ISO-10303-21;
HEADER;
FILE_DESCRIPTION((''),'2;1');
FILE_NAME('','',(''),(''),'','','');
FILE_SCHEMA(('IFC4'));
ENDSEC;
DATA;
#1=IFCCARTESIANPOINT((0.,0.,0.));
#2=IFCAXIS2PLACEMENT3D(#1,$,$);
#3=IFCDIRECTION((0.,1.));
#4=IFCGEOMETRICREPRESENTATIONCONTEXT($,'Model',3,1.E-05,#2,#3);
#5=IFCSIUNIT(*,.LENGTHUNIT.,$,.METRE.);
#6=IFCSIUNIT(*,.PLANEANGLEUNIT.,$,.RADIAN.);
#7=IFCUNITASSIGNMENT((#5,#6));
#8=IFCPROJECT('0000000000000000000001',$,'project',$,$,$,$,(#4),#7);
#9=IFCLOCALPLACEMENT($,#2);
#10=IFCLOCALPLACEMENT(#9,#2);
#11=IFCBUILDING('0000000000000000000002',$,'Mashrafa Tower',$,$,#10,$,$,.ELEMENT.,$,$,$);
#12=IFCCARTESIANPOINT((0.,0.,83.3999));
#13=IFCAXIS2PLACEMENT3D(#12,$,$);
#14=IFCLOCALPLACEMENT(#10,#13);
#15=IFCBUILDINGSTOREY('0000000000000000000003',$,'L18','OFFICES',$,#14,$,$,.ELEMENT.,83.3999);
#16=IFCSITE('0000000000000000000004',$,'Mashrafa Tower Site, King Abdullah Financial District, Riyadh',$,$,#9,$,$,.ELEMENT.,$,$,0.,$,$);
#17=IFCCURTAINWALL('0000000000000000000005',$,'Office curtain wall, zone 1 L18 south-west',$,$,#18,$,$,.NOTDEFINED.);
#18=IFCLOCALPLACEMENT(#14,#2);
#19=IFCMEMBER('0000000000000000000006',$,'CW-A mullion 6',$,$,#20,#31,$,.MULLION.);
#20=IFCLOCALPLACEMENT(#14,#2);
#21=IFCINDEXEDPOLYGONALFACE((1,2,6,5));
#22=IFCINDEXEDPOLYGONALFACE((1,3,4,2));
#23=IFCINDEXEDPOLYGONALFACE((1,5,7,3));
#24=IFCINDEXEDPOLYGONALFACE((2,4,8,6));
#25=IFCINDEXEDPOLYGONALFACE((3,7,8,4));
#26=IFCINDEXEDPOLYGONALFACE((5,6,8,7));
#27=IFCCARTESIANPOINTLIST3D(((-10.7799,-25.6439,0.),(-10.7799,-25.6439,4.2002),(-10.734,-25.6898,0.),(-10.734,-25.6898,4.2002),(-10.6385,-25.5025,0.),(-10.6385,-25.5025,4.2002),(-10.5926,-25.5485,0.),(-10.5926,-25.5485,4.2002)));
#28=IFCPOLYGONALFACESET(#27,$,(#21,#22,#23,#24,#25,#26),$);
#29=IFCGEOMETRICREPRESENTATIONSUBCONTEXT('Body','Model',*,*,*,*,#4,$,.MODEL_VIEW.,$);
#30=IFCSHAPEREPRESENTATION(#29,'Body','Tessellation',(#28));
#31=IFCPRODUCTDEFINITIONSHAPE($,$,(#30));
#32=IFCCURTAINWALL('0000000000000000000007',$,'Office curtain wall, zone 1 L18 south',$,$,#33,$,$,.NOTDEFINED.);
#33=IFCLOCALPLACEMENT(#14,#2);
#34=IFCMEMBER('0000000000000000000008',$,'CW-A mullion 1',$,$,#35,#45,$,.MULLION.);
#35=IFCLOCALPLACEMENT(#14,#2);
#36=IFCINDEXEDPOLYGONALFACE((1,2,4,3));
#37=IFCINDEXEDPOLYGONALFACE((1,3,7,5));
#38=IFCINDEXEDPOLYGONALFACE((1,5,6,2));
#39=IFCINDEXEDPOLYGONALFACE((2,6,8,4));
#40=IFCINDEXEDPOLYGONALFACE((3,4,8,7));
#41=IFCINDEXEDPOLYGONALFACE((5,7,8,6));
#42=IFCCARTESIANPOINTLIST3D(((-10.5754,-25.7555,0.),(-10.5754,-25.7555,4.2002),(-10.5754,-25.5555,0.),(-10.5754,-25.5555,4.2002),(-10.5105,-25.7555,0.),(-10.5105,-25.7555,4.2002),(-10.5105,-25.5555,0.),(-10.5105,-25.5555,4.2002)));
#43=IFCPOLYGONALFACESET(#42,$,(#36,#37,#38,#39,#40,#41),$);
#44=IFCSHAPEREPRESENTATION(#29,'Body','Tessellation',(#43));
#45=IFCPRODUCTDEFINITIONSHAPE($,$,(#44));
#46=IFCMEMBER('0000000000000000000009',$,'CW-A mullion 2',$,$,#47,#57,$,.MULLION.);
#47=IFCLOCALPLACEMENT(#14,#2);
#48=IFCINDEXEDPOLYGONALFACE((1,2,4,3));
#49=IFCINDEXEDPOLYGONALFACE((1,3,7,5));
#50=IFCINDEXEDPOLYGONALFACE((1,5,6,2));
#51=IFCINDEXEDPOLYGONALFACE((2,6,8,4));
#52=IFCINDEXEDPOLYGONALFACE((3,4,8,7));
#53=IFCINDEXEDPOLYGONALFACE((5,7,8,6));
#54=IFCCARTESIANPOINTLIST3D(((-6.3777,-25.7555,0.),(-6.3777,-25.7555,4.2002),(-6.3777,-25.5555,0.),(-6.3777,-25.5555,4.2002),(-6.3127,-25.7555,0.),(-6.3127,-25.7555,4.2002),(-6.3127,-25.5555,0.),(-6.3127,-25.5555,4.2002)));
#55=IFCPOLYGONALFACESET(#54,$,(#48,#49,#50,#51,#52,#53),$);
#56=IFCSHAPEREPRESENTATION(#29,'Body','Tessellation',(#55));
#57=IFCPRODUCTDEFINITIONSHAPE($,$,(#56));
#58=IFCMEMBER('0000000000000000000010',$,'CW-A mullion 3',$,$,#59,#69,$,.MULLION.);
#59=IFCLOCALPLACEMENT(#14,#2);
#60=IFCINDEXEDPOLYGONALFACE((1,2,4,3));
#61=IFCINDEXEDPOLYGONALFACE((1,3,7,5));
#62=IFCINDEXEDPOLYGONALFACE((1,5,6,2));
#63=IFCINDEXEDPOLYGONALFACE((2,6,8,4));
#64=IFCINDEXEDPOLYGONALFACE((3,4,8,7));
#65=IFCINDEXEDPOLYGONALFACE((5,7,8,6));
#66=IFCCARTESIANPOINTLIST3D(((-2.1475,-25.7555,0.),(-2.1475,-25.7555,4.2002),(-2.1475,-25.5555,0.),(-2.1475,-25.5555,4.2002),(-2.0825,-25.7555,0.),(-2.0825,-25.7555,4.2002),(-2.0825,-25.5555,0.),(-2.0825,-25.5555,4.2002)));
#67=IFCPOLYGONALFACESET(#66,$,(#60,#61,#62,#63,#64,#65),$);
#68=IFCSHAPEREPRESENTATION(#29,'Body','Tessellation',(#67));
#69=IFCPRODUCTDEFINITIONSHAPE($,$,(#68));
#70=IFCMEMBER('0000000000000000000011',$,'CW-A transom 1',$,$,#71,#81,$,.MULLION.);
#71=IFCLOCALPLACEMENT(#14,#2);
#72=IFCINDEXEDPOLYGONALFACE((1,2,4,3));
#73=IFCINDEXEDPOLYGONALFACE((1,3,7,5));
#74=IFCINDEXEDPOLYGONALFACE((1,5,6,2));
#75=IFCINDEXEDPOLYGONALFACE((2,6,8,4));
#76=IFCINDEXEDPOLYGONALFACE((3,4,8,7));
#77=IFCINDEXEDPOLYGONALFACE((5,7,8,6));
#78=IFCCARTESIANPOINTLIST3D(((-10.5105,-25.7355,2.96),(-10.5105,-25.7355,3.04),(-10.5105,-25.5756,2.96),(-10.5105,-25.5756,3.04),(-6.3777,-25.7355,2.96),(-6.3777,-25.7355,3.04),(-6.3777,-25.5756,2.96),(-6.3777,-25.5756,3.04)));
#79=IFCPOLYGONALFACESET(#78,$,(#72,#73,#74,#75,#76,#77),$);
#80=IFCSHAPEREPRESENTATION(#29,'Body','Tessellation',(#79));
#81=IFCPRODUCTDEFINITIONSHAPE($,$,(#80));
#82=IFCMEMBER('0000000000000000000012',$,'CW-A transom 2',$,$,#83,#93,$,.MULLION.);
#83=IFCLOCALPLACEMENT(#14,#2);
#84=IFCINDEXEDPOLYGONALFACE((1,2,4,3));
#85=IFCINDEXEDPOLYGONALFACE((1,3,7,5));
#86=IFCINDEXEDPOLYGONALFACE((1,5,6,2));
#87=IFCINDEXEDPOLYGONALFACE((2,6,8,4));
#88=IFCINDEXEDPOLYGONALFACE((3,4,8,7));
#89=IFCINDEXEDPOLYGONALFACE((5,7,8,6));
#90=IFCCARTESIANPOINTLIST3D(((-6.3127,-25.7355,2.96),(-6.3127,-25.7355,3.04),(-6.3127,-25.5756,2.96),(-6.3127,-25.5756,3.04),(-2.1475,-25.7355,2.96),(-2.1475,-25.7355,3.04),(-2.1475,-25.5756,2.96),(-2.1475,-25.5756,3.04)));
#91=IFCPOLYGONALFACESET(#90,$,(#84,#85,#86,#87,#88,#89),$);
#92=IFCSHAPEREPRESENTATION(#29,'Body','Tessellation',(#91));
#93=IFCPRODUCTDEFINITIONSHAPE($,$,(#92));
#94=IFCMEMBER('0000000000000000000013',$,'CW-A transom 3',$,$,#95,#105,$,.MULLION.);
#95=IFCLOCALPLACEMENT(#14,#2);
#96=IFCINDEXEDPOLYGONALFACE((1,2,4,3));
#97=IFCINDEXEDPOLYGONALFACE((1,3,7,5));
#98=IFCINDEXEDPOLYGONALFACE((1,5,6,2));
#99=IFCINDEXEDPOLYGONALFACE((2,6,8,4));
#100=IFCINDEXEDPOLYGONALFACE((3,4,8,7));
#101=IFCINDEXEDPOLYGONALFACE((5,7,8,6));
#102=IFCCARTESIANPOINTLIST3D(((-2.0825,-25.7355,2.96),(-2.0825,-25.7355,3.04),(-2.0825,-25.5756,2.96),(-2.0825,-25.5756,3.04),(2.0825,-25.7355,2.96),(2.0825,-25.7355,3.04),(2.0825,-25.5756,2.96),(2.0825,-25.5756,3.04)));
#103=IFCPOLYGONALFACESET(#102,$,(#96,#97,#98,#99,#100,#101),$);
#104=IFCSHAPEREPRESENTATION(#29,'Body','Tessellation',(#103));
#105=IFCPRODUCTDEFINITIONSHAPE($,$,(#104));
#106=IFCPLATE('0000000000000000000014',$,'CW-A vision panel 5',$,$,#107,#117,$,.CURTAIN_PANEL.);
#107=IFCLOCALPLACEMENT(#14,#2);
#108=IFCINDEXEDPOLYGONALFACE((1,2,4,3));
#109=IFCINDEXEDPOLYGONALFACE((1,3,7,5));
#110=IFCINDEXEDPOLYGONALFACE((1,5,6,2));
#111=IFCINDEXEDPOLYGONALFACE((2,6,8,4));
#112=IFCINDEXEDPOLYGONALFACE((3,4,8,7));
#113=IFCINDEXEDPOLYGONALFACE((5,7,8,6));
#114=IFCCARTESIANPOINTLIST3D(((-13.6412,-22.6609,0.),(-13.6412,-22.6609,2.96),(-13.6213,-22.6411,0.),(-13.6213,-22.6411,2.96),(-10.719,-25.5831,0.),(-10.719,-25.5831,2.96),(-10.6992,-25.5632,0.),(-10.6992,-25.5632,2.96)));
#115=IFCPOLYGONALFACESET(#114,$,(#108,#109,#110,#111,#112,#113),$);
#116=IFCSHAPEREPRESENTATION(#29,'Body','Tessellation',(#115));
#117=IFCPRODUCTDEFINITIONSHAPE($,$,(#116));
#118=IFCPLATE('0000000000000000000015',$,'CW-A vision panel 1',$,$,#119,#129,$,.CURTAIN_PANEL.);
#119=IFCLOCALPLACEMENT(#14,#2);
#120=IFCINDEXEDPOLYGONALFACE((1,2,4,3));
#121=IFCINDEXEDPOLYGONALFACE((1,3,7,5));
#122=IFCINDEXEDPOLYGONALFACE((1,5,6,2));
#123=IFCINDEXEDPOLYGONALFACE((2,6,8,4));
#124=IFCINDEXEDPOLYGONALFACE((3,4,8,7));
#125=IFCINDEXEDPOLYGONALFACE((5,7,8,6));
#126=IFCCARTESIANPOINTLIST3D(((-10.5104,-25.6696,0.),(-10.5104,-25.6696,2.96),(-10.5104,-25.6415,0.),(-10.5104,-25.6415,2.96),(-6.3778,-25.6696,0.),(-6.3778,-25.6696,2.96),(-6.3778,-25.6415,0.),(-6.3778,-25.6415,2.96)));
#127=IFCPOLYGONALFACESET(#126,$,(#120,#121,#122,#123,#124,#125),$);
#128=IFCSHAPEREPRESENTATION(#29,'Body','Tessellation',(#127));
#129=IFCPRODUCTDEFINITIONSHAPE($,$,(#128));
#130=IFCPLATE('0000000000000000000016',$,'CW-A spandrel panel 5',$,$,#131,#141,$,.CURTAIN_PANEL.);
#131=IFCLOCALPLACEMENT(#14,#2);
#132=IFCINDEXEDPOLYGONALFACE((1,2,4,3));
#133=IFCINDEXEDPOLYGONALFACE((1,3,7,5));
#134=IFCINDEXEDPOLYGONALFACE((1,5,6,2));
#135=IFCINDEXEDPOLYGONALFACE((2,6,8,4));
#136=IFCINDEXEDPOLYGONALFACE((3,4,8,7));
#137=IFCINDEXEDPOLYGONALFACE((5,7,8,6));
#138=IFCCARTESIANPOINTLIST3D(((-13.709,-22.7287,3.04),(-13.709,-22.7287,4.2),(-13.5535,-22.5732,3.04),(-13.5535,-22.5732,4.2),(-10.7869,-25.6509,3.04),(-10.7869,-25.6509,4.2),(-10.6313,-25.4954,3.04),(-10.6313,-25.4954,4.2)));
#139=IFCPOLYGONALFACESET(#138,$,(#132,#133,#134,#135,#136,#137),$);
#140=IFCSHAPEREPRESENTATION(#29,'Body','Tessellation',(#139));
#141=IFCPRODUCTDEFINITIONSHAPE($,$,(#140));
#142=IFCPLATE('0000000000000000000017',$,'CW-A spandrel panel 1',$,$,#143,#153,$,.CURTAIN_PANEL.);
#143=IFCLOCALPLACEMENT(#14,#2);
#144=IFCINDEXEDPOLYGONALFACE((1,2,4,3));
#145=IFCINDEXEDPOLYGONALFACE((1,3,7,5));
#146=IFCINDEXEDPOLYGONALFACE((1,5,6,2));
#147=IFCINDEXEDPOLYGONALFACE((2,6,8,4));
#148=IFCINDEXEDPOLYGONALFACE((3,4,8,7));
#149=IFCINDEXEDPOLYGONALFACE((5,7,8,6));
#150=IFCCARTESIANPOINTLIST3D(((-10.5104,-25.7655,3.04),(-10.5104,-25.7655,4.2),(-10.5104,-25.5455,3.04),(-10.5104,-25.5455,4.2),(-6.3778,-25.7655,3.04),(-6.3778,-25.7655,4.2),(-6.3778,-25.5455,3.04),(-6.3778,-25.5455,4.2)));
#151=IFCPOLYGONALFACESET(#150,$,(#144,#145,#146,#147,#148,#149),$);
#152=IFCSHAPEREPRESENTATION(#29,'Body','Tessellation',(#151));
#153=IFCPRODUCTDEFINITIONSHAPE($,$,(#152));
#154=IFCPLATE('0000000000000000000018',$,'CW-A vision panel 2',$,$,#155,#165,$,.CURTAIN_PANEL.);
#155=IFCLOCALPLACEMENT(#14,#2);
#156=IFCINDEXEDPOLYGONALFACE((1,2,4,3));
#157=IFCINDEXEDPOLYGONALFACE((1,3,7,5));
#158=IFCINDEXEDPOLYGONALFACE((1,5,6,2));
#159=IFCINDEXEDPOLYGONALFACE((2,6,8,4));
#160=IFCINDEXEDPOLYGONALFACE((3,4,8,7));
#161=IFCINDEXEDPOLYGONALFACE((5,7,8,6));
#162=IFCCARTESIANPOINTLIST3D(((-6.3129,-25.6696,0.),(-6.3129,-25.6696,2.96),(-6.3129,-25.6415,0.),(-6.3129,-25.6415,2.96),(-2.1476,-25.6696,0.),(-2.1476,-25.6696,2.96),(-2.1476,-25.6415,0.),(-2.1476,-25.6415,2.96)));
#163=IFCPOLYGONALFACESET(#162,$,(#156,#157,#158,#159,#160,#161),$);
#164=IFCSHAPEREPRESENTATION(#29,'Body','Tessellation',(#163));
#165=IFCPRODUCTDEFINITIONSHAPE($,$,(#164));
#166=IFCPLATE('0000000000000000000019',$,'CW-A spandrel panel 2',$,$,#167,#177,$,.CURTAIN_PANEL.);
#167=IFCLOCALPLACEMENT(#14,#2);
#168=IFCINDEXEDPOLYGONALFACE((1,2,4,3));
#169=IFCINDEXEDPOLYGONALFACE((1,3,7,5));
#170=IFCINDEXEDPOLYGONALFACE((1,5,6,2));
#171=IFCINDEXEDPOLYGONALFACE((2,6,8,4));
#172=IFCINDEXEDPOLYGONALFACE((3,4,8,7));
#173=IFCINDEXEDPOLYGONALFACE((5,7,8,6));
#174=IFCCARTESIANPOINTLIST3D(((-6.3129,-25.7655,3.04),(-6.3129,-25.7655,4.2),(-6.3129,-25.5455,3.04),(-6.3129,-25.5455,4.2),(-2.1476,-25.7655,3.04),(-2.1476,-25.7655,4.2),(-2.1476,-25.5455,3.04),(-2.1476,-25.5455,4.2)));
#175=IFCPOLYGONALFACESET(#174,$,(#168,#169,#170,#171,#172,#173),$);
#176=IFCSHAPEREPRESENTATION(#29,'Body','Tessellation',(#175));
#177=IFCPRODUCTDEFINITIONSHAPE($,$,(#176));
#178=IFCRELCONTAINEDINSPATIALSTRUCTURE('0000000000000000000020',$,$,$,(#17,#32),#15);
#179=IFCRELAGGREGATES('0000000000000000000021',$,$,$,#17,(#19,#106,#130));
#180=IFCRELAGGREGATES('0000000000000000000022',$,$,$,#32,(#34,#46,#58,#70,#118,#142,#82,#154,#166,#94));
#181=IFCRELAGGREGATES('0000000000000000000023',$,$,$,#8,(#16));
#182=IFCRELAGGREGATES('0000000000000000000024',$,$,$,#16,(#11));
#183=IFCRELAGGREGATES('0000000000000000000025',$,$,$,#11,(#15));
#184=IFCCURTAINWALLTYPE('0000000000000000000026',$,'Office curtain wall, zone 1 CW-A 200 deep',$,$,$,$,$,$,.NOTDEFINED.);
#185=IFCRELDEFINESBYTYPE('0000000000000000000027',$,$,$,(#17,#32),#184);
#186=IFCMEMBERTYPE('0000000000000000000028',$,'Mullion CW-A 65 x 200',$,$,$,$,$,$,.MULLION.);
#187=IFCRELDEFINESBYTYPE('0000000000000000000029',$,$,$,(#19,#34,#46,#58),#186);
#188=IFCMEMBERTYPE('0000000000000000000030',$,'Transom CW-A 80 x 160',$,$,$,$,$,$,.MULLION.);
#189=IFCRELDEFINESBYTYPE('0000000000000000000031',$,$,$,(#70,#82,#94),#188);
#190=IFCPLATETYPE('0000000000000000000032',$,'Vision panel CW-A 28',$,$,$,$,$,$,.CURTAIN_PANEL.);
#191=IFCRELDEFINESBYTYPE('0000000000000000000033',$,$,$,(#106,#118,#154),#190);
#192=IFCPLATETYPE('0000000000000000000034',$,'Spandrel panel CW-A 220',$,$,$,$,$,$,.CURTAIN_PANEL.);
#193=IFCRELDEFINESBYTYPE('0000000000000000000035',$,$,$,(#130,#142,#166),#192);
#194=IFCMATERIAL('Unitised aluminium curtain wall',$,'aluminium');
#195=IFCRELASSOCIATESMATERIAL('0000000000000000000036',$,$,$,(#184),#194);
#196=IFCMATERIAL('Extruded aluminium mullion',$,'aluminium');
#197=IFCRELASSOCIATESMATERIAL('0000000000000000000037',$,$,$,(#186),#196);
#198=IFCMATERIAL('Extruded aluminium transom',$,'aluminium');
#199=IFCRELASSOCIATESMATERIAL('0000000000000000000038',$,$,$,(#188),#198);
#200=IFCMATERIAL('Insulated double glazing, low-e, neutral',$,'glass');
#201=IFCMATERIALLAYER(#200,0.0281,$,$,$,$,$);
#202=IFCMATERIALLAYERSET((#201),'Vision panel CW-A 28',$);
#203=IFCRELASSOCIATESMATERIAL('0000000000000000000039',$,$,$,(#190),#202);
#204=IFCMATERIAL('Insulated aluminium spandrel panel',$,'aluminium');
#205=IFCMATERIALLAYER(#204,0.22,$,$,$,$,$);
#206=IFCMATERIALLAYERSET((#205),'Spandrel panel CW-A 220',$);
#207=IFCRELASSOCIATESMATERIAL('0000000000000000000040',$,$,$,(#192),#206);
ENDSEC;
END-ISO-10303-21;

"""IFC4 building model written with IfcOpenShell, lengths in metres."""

from ifc_helpers import new_model, si_unit, direction, frame, origin, origin_2d, place, context, subcontext, project, spatial, rectangle, extrude, source, transform, mapped, material, layer, layer_set, material_profile, profile_set, type_object, type_shapes, element, aggregate, save


model = new_model("IFC4")

# Units and contexts
model_context = context("Model", 3, precision=1e-05, world=origin(), true_north=direction((0.0, 1.0)))
body_context = subcontext(model_context, "Body", "Model", "MODEL_VIEW")
ifc_project = project(units=[si_unit("LENGTHUNIT", "METRE"), si_unit("PLANEANGLEUNIT", "RADIAN")], contexts=[model_context])

# Site, building, storey
site_placement = place(None, origin())
site = spatial("IfcSite", under=ifc_project, at=site_placement, Name="Mashrafa Tower Site, King Abdullah Financial District, Riyadh", CompositionType="ELEMENT", RefElevation=0.0)
building_placement = place(site_placement, origin())
building = spatial("IfcBuilding", under=site, at=building_placement, Name="Mashrafa Tower", CompositionType="ELEMENT")
storey_placement = place(building_placement, frame((0.0, 0.0, 83.3999)))
storey = spatial("IfcBuildingStorey", under=building, at=storey_placement, Name="L18", Description="OFFICES", CompositionType="ELEMENT", Elevation=83.3999)

# Curtain wall, member
ifc_material_1 = material(Name="Unitised aluminium curtain wall", Category="aluminium")
curtain_wall_type = type_object("IfcCurtainWallType", Name="Office curtain wall, zone 1 CW-A 200 deep", PredefinedType="NOTDEFINED", material=ifc_material_1)
curtain_wall_1_placement = place(storey_placement, origin())
curtain_wall_1 = element("IfcCurtainWall", 1, at=curtain_wall_1_placement, inside=storey, type_object=curtain_wall_type, Name="Office curtain wall, zone 1 L18 south-west", PredefinedType="NOTDEFINED")
ifc_material_2 = material(Name="Extruded aluminium mullion", Category="aluminium")
ifc_material_profile_1 = material_profile(ifc_material_2, rectangle(XDim=0.2, YDim=0.0649, at=origin_2d()), Name="Mullion 65x200")
ifc_profile_set_1 = profile_set([ifc_material_profile_1], Name="Extruded aluminium mullion")
member_type_1 = type_object("IfcMemberType", Name="Mullion CW-A 65 x 200", PredefinedType="MULLION", material=ifc_profile_set_1)
shared_shape_1 = source(origin(), body_context, "Body", "SweptSolid", [
    extrude(rectangle(XDim=0.2, YDim=0.0649, at=origin_2d()), origin(), (0.0, 0.0, 1.0), 4.2002),
])
type_shapes(member_type_1, [shared_shape_1])
member_1_placement = place(storey_placement, frame((-10.6863, -25.5962, 0.0), z_axis=(0.0, 0.0, 1.0), x_axis=(0.707107, 0.707107, 0.0)))
member_1 = element("IfcMember", 2, at=member_1_placement, type_object=member_type_1, Name="CW-A mullion 6", PredefinedType="MULLION", context=body_context, shape_type="MappedRepresentation", body=[
    mapped(shared_shape_1, transform((0.0, 0.0, 0.0))),
])

# Curtain wall, members
curtain_wall_2_placement = place(storey_placement, origin())
curtain_wall_2 = element("IfcCurtainWall", 3, at=curtain_wall_2_placement, inside=storey, type_object=curtain_wall_type, Name="Office curtain wall, zone 1 L18 south", PredefinedType="NOTDEFINED")
member_2_placement = place(storey_placement, frame((-10.543, -25.6555, 0.0), z_axis=(0.0, 0.0, 1.0), x_axis=(0.0, 1.0, 0.0)))
member_2 = element("IfcMember", 4, at=member_2_placement, type_object=member_type_1, Name="CW-A mullion 1", PredefinedType="MULLION", context=body_context, shape_type="MappedRepresentation", body=[
    mapped(shared_shape_1, transform((0.0, 0.0, 0.0))),
])
member_3_placement = place(storey_placement, frame((-6.3452, -25.6555, 0.0), z_axis=(0.0, 0.0, 1.0), x_axis=(0.0, 1.0, 0.0)))
member_3 = element("IfcMember", 5, at=member_3_placement, type_object=member_type_1, Name="CW-A mullion 2", PredefinedType="MULLION", context=body_context, shape_type="MappedRepresentation", body=[
    mapped(shared_shape_1, transform((0.0, 0.0, 0.0))),
])
member_4_placement = place(storey_placement, frame((-2.115, -25.6555, 0.0), z_axis=(0.0, 0.0, 1.0), x_axis=(0.0, 1.0, 0.0)))
member_4 = element("IfcMember", 6, at=member_4_placement, type_object=member_type_1, Name="CW-A mullion 3", PredefinedType="MULLION", context=body_context, shape_type="MappedRepresentation", body=[
    mapped(shared_shape_1, transform((0.0, 0.0, 0.0))),
])
ifc_material_3 = material(Name="Extruded aluminium transom", Category="aluminium")
ifc_material_profile_2 = material_profile(ifc_material_3, rectangle(XDim=0.1599, YDim=0.0801, at=origin_2d()), Name="Transom 80x160")
ifc_profile_set_2 = profile_set([ifc_material_profile_2], Name="Extruded aluminium transom")
member_type_2 = type_object("IfcMemberType", Name="Transom CW-A 80 x 160", PredefinedType="MULLION", material=ifc_profile_set_2)
shared_shape_2 = source(origin(), body_context, "Body", "SweptSolid", [
    extrude(rectangle(XDim=0.1599, YDim=0.0801, at=origin_2d()), origin(), (0.0, 0.0, 1.0), 4.1328),
])
member_5_placement = place(storey_placement, frame((-10.5105, -25.6555, 3.0), z_axis=(1.0, 0.0, 0.0), x_axis=(0.0, 1.0, 0.0)))
member_5 = element("IfcMember", 7, at=member_5_placement, type_object=member_type_2, Name="CW-A transom 1", PredefinedType="MULLION", context=body_context, shape_type="MappedRepresentation", body=[
    mapped(shared_shape_2, transform((0.0, 0.0, 0.0))),
])
shared_shape_3 = source(origin(), body_context, "Body", "SweptSolid", [
    extrude(rectangle(XDim=0.1599, YDim=0.0801, at=origin_2d()), origin(), (0.0, 0.0, 1.0), 4.1653),
])
member_6_placement = place(storey_placement, frame((-6.3127, -25.6555, 3.0), z_axis=(1.0, 0.0, 0.0), x_axis=(0.0, 1.0, 0.0)))
member_6 = element("IfcMember", 8, at=member_6_placement, type_object=member_type_2, Name="CW-A transom 2", PredefinedType="MULLION", context=body_context, shape_type="MappedRepresentation", body=[
    mapped(shared_shape_3, transform((0.0, 0.0, 0.0))),
])
shared_shape_4 = source(origin(), body_context, "Body", "SweptSolid", [
    extrude(rectangle(XDim=0.1599, YDim=0.0801, at=origin_2d()), origin(), (0.0, 0.0, 1.0), 4.165),
])
type_shapes(member_type_2, [shared_shape_2, shared_shape_3, shared_shape_4])
member_7_placement = place(storey_placement, frame((-2.0825, -25.6555, 3.0), z_axis=(1.0, 0.0, 0.0), x_axis=(0.0, 1.0, 0.0)))
member_7 = element("IfcMember", 9, at=member_7_placement, type_object=member_type_2, Name="CW-A transom 3", PredefinedType="MULLION", context=body_context, shape_type="MappedRepresentation", body=[
    mapped(shared_shape_4, transform((0.0, 0.0, 0.0))),
])

# Plates
ifc_material_4 = material(Name="Insulated double glazing, low-e, neutral", Category="glass")
ifc_layer_1 = layer(ifc_material_4, 0.0281)
ifc_layer_set_1 = layer_set([ifc_layer_1], Name="Vision panel CW-A 28")
plate_type_1 = type_object("IfcPlateType", Name="Vision panel CW-A 28", PredefinedType="CURTAIN_PANEL", material=ifc_layer_set_1)
shared_shape_5 = source(origin(), body_context, "Body", "SweptSolid", [
    extrude(rectangle(XDim=4.1326, YDim=0.0281, at=origin_2d()), origin(), (0.0, 0.0, 1.0), 2.96),
])
plate_1_placement = place(storey_placement, frame((-12.1702, -24.1121, 0.0), z_axis=(0.0, 0.0, 1.0), x_axis=(0.707107, -0.707107, 0.0)))
plate_1 = element("IfcPlate", 10, at=plate_1_placement, type_object=plate_type_1, Name="CW-A vision panel 5", PredefinedType="CURTAIN_PANEL", context=body_context, shape_type="MappedRepresentation", body=[
    mapped(shared_shape_5, transform((0.0, 0.0, 0.0))),
])
plate_2_placement = place(storey_placement, frame((-8.4441, -25.6555, 0.0), z_axis=(0.0, 0.0, 1.0), x_axis=(1.0, 0.0, 0.0)))
plate_2 = element("IfcPlate", 11, at=plate_2_placement, type_object=plate_type_1, Name="CW-A vision panel 1", PredefinedType="CURTAIN_PANEL", context=body_context, shape_type="MappedRepresentation", body=[
    mapped(shared_shape_5, transform((0.0, 0.0, 0.0))),
])
ifc_material_5 = material(Name="Insulated aluminium spandrel panel", Category="aluminium")
ifc_layer_2 = layer(ifc_material_5, 0.22)
ifc_layer_set_2 = layer_set([ifc_layer_2], Name="Spandrel panel CW-A 220")
plate_type_2 = type_object("IfcPlateType", Name="Spandrel panel CW-A 220", PredefinedType="CURTAIN_PANEL", material=ifc_layer_set_2)
shared_shape_6 = source(origin(), body_context, "Body", "SweptSolid", [
    extrude(rectangle(XDim=4.1326, YDim=0.22, at=origin_2d()), origin(), (0.0, 0.0, 1.0), 1.1599),
])
plate_3_placement = place(storey_placement, frame((-12.1702, -24.1121, 3.04), z_axis=(0.0, 0.0, 1.0), x_axis=(0.707107, -0.707107, 0.0)))
plate_3 = element("IfcPlate", 12, at=plate_3_placement, type_object=plate_type_2, Name="CW-A spandrel panel 5", PredefinedType="CURTAIN_PANEL", context=body_context, shape_type="MappedRepresentation", body=[
    mapped(shared_shape_6, transform((0.0, 0.0, 0.0))),
])
aggregate(curtain_wall_1, [member_1, plate_1, plate_3])
plate_4_placement = place(storey_placement, frame((-8.4441, -25.6555, 3.04), z_axis=(0.0, 0.0, 1.0), x_axis=(1.0, 0.0, 0.0)))
plate_4 = element("IfcPlate", 13, at=plate_4_placement, type_object=plate_type_2, Name="CW-A spandrel panel 1", PredefinedType="CURTAIN_PANEL", context=body_context, shape_type="MappedRepresentation", body=[
    mapped(shared_shape_6, transform((0.0, 0.0, 0.0))),
])
shared_shape_7 = source(origin(), body_context, "Body", "SweptSolid", [
    extrude(rectangle(XDim=4.1653, YDim=0.0281, at=origin_2d()), origin(), (0.0, 0.0, 1.0), 2.96),
])
type_shapes(plate_type_1, [shared_shape_5, shared_shape_7])
plate_5_placement = place(storey_placement, frame((-4.2302, -25.6555, 0.0), z_axis=(0.0, 0.0, 1.0), x_axis=(1.0, 0.0, 0.0)))
plate_5 = element("IfcPlate", 14, at=plate_5_placement, type_object=plate_type_1, Name="CW-A vision panel 2", PredefinedType="CURTAIN_PANEL", context=body_context, shape_type="MappedRepresentation", body=[
    mapped(shared_shape_7, transform((0.0, 0.0, 0.0))),
])
shared_shape_8 = source(origin(), body_context, "Body", "SweptSolid", [
    extrude(rectangle(XDim=4.1653, YDim=0.22, at=origin_2d()), origin(), (0.0, 0.0, 1.0), 1.1599),
])
type_shapes(plate_type_2, [shared_shape_6, shared_shape_8])
plate_6_placement = place(storey_placement, frame((-4.2302, -25.6555, 3.04), z_axis=(0.0, 0.0, 1.0), x_axis=(1.0, 0.0, 0.0)))
plate_6 = element("IfcPlate", 15, at=plate_6_placement, type_object=plate_type_2, Name="CW-A spandrel panel 2", PredefinedType="CURTAIN_PANEL", context=body_context, shape_type="MappedRepresentation", body=[
    mapped(shared_shape_8, transform((0.0, 0.0, 0.0))),
])
aggregate(curtain_wall_2, [member_2, member_3, member_4, member_5, plate_2, plate_4, member_6, plate_5, plate_6, member_7])

save(model, "model.ifc")
